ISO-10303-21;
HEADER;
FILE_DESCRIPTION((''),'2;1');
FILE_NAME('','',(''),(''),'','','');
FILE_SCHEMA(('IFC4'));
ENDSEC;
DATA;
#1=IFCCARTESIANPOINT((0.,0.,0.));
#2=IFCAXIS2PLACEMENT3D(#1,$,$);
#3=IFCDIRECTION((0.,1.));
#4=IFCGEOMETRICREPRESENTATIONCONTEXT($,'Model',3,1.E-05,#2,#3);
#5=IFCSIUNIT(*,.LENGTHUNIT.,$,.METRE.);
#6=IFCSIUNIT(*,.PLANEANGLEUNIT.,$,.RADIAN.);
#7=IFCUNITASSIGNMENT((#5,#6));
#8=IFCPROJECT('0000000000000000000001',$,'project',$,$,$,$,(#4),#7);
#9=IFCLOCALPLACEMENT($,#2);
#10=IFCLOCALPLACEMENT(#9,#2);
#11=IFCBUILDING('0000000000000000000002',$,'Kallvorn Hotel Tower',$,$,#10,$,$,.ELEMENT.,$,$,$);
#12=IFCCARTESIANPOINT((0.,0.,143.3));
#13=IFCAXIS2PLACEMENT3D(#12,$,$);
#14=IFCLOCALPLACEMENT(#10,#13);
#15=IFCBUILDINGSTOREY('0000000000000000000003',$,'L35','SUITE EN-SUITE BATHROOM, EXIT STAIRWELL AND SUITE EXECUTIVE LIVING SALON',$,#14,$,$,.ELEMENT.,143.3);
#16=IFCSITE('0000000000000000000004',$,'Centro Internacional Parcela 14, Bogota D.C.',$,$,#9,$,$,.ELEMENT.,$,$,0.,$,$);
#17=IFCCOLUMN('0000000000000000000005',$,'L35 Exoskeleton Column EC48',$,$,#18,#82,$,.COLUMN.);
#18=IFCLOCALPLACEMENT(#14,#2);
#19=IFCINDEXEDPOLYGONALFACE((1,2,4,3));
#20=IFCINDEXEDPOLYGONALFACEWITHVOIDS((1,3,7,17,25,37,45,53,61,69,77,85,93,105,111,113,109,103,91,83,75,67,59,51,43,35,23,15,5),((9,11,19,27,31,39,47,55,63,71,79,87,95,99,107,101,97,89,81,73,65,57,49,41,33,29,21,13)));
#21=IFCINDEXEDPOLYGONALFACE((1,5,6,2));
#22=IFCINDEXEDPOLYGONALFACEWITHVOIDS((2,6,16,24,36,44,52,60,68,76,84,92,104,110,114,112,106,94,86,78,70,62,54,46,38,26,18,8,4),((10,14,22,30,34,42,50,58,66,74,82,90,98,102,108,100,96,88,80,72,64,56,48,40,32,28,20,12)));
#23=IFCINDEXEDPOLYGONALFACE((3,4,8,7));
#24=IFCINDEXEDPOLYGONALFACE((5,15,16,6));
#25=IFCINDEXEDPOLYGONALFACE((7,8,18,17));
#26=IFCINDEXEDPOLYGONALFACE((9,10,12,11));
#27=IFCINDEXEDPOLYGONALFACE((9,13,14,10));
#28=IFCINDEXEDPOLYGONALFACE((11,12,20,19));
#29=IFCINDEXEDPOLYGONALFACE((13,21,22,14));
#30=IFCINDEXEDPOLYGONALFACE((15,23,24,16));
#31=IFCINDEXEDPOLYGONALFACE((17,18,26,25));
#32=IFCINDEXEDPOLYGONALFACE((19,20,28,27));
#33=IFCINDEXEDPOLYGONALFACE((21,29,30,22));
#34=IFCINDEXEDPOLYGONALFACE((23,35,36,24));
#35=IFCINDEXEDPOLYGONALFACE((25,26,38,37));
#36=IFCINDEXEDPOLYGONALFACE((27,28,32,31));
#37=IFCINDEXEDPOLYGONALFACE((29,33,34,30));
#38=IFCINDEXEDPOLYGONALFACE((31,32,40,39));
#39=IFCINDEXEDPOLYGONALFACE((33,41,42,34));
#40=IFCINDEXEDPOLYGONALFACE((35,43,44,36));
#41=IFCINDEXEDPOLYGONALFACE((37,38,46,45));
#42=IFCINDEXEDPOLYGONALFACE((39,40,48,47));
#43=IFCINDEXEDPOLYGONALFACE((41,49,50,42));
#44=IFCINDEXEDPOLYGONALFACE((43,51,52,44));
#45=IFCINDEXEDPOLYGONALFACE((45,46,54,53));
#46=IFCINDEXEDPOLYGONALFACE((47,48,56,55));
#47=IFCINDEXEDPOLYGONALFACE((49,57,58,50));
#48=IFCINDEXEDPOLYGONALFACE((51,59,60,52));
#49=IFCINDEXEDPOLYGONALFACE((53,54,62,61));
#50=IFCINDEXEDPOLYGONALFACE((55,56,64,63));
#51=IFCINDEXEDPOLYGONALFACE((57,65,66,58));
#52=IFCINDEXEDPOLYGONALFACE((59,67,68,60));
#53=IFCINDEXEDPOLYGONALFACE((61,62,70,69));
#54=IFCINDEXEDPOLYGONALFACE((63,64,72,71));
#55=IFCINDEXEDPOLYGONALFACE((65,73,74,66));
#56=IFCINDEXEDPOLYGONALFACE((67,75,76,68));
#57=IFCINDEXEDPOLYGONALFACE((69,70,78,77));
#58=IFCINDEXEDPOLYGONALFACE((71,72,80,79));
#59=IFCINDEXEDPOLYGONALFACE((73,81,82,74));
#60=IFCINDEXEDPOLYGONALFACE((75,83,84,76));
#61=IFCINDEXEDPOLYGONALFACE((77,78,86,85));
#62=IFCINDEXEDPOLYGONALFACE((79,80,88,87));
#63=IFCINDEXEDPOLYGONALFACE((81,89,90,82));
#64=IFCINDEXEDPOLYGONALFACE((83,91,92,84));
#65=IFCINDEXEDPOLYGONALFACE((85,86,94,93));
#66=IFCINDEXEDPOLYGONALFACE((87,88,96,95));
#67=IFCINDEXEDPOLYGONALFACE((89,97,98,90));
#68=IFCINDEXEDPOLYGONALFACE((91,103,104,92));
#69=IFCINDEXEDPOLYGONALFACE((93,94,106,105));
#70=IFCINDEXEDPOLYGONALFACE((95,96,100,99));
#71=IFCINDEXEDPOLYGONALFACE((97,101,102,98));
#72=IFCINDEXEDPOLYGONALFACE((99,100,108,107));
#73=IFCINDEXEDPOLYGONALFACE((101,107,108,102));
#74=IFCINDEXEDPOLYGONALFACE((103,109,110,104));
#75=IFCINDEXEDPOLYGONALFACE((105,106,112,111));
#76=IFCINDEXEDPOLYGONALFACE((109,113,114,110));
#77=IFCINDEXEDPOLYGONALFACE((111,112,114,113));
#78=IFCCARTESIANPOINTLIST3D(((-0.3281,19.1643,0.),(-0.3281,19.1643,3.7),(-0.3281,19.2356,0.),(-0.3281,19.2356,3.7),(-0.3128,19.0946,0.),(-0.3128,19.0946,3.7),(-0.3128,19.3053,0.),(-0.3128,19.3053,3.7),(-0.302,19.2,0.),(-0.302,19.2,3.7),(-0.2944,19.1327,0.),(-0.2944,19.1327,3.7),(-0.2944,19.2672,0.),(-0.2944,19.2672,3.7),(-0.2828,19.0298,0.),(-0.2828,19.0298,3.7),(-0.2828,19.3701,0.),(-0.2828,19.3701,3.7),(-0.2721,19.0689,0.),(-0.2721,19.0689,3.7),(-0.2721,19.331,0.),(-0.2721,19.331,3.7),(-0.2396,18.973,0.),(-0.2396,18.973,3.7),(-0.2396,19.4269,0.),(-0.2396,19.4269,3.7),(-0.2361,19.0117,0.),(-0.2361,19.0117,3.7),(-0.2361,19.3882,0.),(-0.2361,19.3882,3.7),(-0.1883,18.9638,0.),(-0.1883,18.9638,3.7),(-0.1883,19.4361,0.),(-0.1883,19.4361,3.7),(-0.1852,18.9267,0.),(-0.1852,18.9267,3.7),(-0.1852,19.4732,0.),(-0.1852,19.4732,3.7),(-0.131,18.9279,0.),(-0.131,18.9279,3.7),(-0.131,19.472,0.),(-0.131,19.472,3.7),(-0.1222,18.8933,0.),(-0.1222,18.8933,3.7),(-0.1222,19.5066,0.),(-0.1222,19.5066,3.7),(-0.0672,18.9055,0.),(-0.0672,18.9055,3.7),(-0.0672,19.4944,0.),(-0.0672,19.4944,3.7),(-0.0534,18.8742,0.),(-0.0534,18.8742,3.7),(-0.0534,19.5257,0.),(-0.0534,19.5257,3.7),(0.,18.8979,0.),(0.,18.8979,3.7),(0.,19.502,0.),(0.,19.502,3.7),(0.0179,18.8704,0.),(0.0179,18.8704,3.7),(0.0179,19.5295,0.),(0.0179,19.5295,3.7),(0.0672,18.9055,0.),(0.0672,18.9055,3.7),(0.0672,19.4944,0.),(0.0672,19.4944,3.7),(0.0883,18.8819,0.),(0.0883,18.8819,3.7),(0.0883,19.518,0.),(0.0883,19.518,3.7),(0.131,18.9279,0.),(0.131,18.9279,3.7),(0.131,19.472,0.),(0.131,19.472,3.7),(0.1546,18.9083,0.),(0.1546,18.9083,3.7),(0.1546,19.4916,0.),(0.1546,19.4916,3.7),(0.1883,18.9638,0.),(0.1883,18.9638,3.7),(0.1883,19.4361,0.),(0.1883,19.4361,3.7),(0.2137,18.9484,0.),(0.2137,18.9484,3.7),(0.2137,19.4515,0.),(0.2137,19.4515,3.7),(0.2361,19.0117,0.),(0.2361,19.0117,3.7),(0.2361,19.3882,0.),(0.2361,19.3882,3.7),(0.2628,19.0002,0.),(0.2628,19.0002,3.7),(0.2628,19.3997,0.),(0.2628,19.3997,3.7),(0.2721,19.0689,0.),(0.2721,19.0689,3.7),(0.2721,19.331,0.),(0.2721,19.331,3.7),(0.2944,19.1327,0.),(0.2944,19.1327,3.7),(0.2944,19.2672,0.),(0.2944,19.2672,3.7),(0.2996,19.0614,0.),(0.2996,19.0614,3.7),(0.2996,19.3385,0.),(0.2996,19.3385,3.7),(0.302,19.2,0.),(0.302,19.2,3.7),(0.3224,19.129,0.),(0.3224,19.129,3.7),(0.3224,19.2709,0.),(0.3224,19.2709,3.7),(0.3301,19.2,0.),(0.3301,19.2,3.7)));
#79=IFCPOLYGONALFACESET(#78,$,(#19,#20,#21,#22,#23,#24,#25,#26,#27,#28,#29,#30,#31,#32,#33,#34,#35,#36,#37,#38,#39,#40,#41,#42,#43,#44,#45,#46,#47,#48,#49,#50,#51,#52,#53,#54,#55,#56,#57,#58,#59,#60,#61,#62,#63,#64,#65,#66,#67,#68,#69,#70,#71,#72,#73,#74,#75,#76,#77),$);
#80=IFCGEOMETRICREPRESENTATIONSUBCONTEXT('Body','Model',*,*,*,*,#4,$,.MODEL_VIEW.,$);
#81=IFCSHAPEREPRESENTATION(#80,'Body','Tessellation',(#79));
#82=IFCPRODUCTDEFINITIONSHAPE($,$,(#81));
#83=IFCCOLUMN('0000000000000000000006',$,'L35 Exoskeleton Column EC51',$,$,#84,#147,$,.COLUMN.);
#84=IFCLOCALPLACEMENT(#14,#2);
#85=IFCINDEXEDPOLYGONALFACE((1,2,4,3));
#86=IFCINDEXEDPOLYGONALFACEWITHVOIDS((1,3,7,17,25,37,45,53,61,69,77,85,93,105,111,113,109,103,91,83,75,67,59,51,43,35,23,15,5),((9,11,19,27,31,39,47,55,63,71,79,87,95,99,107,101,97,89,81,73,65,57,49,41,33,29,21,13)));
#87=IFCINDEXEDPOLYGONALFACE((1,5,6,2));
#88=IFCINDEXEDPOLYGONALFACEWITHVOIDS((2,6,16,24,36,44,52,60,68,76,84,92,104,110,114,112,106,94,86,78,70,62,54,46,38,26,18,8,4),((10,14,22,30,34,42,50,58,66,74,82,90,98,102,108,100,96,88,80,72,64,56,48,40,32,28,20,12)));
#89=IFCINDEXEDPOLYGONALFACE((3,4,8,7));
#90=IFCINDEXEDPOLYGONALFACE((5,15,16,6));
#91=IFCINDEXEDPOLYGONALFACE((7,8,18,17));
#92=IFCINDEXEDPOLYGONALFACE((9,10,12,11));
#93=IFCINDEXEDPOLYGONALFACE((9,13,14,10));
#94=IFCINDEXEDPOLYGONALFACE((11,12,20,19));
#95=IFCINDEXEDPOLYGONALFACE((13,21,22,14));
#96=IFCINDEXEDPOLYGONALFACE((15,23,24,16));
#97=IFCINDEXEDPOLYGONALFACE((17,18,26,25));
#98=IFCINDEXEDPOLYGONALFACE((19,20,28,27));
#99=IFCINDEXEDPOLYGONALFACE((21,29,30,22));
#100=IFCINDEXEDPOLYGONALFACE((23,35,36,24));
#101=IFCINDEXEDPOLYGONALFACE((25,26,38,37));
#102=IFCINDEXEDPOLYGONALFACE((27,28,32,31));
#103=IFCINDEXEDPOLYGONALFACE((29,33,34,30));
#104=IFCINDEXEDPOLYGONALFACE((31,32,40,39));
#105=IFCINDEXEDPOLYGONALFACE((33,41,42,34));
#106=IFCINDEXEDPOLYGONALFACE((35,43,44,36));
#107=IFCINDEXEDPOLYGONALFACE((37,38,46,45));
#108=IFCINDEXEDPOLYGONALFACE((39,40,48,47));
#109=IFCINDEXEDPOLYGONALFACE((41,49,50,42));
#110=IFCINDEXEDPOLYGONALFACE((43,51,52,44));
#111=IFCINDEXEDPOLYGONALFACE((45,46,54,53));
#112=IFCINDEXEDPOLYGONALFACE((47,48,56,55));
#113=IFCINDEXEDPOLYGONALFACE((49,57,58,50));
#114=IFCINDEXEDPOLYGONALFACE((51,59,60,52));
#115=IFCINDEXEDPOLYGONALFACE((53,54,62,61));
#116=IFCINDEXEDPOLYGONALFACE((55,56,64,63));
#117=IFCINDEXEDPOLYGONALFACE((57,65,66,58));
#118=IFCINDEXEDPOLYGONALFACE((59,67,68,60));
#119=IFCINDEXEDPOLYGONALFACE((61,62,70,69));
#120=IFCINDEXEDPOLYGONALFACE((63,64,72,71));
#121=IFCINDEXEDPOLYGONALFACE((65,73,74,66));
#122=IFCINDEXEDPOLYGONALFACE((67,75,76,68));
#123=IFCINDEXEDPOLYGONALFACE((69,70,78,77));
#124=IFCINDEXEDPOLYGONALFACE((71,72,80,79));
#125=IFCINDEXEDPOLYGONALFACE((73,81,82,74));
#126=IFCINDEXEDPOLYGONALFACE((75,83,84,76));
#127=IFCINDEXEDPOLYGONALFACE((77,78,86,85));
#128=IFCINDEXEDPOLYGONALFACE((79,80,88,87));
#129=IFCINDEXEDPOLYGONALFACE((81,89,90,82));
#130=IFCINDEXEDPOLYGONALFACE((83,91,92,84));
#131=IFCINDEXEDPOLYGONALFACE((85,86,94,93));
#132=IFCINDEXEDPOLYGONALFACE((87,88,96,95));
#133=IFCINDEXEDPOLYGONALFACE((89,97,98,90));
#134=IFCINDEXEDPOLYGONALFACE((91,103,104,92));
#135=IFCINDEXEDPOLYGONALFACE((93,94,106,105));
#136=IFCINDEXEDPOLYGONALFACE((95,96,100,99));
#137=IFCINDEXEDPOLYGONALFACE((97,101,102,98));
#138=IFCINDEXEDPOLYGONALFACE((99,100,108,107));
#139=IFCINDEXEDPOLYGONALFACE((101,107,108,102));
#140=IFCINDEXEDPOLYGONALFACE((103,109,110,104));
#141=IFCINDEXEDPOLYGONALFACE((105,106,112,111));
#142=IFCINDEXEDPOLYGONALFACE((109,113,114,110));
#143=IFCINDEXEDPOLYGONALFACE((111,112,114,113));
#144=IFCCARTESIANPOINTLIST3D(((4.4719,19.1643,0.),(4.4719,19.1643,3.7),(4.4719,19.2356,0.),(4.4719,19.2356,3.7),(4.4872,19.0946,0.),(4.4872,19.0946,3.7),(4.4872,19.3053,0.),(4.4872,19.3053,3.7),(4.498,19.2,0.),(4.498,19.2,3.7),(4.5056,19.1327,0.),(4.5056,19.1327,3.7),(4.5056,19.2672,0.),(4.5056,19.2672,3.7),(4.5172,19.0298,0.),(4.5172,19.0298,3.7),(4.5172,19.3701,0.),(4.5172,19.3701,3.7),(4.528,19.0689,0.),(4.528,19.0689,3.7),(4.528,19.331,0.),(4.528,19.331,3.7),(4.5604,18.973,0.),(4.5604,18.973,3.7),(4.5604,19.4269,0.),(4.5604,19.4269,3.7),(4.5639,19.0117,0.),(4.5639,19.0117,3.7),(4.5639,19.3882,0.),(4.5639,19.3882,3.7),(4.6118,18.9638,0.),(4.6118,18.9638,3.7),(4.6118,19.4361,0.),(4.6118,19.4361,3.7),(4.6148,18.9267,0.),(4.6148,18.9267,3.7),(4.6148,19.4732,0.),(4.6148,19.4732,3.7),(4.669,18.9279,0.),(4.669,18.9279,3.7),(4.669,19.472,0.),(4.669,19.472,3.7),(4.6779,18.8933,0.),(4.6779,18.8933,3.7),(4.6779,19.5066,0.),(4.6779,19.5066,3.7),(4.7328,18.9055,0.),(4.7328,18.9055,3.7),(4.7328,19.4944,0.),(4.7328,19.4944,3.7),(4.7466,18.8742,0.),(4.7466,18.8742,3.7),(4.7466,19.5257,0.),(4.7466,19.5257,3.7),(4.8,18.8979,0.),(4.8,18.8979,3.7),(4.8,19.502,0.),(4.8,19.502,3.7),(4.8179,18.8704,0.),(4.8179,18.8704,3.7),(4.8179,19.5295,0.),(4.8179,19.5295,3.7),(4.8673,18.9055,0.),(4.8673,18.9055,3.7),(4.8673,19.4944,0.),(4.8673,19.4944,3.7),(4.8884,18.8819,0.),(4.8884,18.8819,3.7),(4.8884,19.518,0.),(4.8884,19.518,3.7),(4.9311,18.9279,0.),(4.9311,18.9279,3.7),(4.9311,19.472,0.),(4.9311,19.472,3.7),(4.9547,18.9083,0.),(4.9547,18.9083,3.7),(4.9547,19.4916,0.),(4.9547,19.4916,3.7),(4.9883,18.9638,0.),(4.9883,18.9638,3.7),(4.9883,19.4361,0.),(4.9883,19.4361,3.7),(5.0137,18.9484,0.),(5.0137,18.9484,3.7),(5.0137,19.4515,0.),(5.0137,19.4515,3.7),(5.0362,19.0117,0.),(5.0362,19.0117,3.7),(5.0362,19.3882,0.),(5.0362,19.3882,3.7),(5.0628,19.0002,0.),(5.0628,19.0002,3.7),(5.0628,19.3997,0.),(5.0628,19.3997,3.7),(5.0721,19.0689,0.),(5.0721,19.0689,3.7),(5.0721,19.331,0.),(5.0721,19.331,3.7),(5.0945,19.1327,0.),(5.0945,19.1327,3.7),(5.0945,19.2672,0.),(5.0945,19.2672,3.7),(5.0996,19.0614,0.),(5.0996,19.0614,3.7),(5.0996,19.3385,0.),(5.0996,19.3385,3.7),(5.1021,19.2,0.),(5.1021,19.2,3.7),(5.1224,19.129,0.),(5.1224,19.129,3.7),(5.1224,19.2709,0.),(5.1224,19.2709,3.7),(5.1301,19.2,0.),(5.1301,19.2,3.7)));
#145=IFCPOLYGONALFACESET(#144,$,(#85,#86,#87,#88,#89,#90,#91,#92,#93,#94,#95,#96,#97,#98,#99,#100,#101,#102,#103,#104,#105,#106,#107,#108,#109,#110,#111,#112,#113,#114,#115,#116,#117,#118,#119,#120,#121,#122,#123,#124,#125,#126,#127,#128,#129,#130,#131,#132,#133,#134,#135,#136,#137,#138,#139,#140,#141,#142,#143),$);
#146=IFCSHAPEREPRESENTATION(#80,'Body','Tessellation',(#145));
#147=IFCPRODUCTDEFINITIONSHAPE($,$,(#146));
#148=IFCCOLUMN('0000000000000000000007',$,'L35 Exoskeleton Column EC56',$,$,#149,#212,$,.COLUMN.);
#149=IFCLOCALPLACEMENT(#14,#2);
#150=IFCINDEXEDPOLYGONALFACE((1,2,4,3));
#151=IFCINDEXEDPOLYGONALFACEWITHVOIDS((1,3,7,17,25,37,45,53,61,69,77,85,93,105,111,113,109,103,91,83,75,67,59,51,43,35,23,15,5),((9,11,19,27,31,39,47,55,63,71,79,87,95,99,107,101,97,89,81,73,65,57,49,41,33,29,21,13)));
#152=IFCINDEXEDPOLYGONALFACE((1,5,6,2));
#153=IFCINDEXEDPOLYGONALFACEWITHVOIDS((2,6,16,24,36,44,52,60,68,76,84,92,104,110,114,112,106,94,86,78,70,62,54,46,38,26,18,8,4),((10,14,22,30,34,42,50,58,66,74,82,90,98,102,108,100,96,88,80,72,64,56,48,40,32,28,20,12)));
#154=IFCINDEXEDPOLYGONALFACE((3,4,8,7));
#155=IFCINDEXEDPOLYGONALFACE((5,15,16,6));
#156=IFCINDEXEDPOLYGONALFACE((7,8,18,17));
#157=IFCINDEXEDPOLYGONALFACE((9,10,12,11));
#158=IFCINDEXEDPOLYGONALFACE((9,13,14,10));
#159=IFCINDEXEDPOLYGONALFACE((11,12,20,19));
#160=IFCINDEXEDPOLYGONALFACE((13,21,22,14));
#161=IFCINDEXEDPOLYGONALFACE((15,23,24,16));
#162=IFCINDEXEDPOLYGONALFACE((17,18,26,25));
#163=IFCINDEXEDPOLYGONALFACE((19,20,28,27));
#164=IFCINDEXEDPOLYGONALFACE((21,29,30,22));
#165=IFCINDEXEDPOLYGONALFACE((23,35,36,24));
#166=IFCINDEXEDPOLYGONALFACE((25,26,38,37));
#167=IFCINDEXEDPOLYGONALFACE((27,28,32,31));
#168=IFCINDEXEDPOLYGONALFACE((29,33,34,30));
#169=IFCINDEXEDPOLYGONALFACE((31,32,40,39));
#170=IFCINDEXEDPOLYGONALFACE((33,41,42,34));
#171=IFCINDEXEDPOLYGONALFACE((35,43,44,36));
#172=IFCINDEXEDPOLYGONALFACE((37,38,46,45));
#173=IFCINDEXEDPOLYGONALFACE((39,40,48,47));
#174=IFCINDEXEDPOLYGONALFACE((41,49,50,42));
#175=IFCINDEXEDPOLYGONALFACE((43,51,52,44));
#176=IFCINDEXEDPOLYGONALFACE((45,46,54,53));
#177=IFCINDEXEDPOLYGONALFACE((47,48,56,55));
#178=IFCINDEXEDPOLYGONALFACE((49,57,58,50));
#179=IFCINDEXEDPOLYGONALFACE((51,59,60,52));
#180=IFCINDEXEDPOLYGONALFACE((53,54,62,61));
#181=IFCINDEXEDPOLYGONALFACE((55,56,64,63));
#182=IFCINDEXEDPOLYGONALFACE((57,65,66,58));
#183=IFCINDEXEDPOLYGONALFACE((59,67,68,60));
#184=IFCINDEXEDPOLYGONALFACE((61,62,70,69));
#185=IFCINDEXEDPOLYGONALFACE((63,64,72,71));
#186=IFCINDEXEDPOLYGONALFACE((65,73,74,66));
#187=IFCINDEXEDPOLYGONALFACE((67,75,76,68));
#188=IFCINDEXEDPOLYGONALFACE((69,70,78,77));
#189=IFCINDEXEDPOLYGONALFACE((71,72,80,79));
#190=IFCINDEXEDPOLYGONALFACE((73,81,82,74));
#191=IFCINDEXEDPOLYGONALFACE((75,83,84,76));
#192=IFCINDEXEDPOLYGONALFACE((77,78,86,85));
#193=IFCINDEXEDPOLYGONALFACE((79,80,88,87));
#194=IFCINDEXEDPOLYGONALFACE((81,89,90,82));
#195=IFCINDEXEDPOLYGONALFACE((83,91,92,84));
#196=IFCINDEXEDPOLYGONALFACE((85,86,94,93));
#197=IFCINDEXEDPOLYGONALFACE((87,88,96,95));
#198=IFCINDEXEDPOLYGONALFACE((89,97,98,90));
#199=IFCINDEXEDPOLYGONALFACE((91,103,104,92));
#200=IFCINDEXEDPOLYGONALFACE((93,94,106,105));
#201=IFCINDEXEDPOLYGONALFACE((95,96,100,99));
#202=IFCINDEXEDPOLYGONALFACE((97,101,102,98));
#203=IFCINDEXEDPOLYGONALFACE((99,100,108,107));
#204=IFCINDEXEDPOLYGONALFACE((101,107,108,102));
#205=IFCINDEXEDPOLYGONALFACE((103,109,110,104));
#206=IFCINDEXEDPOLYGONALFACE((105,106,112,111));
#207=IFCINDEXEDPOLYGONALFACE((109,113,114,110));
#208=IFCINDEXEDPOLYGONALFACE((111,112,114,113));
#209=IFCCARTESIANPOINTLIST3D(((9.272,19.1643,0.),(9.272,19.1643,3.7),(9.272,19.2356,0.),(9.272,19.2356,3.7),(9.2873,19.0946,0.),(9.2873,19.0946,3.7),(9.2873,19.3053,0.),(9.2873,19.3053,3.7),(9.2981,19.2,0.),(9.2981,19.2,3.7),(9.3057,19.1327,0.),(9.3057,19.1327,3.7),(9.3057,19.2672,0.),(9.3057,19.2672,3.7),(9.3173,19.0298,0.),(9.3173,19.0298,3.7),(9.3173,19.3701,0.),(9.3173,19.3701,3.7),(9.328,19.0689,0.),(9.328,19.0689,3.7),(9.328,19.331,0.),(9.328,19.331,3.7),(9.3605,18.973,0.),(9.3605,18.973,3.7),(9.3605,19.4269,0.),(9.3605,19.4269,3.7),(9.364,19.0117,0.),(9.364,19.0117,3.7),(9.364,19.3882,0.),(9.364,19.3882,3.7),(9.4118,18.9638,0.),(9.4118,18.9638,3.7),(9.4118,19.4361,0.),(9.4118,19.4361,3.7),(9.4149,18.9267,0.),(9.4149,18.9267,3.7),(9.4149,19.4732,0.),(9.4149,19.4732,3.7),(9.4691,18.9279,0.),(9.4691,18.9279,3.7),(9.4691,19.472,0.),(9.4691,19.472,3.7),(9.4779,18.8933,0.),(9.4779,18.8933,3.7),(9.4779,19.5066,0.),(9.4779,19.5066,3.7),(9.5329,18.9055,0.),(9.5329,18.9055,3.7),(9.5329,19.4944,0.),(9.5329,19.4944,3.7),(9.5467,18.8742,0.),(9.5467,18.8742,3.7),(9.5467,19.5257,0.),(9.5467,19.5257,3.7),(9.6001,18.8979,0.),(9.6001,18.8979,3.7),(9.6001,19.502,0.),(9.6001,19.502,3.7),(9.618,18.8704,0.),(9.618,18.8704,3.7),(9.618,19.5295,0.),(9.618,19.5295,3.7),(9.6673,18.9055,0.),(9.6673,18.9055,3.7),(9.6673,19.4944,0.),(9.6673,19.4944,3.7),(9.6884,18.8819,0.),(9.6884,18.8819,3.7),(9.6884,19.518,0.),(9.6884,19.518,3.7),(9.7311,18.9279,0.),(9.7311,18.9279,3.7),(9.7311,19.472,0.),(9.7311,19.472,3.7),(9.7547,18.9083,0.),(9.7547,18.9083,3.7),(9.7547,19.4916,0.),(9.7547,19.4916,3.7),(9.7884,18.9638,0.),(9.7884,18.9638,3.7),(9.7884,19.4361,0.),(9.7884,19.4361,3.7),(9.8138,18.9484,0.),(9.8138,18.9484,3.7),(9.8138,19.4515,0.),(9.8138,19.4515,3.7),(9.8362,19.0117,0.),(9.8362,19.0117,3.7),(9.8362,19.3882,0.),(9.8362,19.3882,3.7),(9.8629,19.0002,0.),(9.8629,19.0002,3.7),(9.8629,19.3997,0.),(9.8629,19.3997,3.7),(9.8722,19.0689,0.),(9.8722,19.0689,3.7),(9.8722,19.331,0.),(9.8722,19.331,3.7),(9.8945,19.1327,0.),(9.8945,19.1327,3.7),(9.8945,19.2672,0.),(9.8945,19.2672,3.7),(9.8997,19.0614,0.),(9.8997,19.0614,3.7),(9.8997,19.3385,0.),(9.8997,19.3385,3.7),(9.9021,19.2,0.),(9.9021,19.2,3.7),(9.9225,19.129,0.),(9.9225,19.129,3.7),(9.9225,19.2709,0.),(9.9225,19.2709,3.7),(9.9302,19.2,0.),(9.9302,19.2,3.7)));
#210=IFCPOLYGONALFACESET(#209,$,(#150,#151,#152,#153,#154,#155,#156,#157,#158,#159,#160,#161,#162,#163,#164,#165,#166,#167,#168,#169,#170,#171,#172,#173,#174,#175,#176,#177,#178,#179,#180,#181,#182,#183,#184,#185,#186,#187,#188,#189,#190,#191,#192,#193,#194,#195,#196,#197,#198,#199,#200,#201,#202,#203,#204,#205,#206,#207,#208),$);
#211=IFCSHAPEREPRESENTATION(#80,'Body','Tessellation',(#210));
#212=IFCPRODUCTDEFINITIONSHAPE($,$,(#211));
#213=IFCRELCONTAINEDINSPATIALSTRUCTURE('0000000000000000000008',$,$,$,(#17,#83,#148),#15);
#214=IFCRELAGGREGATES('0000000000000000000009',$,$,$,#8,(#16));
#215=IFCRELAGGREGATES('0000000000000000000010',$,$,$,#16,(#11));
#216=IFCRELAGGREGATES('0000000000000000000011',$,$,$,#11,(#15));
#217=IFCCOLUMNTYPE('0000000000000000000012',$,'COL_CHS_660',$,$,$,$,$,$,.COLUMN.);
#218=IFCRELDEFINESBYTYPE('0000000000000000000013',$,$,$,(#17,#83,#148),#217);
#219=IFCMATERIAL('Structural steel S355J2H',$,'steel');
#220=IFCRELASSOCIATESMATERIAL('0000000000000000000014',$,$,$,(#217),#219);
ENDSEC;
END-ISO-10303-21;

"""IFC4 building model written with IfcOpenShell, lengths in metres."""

from ifc_helpers import new_model, si_unit, direction, frame, origin, origin_2d, place, context, subcontext, project, spatial, hollow_circle, extrude, material, material_profile, profile_set, type_object, element, save


model = new_model("IFC4")

# Units and contexts
model_context = context("Model", 3, precision=1e-05, world=origin(), true_north=direction((0.0, 1.0)))
body_context = subcontext(model_context, "Body", "Model", "MODEL_VIEW")
ifc_project = project(units=[si_unit("LENGTHUNIT", "METRE"), si_unit("PLANEANGLEUNIT", "RADIAN")], contexts=[model_context])

# Site, building, storey
site_placement = place(None, origin())
site = spatial("IfcSite", under=ifc_project, at=site_placement, Name="Centro Internacional Parcela 14, Bogota D.C.", CompositionType="ELEMENT", RefElevation=0.0)
building_placement = place(site_placement, origin())
building = spatial("IfcBuilding", under=site, at=building_placement, Name="Kallvorn Hotel Tower", CompositionType="ELEMENT")
storey_placement = place(building_placement, frame((0.0, 0.0, 143.3)))
storey = spatial("IfcBuildingStorey", under=building, at=storey_placement, Name="L35", Description="SUITE EN-SUITE BATHROOM, EXIT STAIRWELL AND SUITE EXECUTIVE LIVING SALON", CompositionType="ELEMENT", Elevation=143.3)

# Columns
ifc_material_1 = material(Name="Structural steel S355J2H", Category="steel")
ifc_material_profile_1 = material_profile(ifc_material_1, hollow_circle(Radius=0.3301, WallThickness=0.0281, at=origin_2d()), Name="CHS 660x28")
ifc_profile_set_1 = profile_set([ifc_material_profile_1], Name="Structural steel S355J2H")
column_type_1 = type_object("IfcColumnType", Name="COL_CHS_660", PredefinedType="COLUMN", material=ifc_profile_set_1)
for number, where, z_axis, x_axis, name in (
    (1, (0.0, 19.2, 0.0), (0.0, 0.0, 1.0), (1.0, 0.0, 0.0), "L35 Exoskeleton Column EC48"),
    (2, (4.8, 19.2, 0.0), (0.0, 0.0, 1.0), (1.0, 0.0, 0.0), "L35 Exoskeleton Column EC51"),
    (3, (9.6001, 19.2, 0.0), (0.0, 0.0, 1.0), (1.0, 0.0, 0.0), "L35 Exoskeleton Column EC56"),
):
    element("IfcColumn", number, at=place(storey_placement, frame(where, z_axis=z_axis, x_axis=x_axis)), inside=storey, type_object=column_type_1, Name=name, PredefinedType="COLUMN", context=body_context, shape_type="SweptSolid", body=[
        extrude(hollow_circle(Radius=0.3301, WallThickness=0.0281, at=origin_2d()), origin(), (0.0, 0.0, 1.0), 3.7),
    ])

save(model, "model.ifc")
